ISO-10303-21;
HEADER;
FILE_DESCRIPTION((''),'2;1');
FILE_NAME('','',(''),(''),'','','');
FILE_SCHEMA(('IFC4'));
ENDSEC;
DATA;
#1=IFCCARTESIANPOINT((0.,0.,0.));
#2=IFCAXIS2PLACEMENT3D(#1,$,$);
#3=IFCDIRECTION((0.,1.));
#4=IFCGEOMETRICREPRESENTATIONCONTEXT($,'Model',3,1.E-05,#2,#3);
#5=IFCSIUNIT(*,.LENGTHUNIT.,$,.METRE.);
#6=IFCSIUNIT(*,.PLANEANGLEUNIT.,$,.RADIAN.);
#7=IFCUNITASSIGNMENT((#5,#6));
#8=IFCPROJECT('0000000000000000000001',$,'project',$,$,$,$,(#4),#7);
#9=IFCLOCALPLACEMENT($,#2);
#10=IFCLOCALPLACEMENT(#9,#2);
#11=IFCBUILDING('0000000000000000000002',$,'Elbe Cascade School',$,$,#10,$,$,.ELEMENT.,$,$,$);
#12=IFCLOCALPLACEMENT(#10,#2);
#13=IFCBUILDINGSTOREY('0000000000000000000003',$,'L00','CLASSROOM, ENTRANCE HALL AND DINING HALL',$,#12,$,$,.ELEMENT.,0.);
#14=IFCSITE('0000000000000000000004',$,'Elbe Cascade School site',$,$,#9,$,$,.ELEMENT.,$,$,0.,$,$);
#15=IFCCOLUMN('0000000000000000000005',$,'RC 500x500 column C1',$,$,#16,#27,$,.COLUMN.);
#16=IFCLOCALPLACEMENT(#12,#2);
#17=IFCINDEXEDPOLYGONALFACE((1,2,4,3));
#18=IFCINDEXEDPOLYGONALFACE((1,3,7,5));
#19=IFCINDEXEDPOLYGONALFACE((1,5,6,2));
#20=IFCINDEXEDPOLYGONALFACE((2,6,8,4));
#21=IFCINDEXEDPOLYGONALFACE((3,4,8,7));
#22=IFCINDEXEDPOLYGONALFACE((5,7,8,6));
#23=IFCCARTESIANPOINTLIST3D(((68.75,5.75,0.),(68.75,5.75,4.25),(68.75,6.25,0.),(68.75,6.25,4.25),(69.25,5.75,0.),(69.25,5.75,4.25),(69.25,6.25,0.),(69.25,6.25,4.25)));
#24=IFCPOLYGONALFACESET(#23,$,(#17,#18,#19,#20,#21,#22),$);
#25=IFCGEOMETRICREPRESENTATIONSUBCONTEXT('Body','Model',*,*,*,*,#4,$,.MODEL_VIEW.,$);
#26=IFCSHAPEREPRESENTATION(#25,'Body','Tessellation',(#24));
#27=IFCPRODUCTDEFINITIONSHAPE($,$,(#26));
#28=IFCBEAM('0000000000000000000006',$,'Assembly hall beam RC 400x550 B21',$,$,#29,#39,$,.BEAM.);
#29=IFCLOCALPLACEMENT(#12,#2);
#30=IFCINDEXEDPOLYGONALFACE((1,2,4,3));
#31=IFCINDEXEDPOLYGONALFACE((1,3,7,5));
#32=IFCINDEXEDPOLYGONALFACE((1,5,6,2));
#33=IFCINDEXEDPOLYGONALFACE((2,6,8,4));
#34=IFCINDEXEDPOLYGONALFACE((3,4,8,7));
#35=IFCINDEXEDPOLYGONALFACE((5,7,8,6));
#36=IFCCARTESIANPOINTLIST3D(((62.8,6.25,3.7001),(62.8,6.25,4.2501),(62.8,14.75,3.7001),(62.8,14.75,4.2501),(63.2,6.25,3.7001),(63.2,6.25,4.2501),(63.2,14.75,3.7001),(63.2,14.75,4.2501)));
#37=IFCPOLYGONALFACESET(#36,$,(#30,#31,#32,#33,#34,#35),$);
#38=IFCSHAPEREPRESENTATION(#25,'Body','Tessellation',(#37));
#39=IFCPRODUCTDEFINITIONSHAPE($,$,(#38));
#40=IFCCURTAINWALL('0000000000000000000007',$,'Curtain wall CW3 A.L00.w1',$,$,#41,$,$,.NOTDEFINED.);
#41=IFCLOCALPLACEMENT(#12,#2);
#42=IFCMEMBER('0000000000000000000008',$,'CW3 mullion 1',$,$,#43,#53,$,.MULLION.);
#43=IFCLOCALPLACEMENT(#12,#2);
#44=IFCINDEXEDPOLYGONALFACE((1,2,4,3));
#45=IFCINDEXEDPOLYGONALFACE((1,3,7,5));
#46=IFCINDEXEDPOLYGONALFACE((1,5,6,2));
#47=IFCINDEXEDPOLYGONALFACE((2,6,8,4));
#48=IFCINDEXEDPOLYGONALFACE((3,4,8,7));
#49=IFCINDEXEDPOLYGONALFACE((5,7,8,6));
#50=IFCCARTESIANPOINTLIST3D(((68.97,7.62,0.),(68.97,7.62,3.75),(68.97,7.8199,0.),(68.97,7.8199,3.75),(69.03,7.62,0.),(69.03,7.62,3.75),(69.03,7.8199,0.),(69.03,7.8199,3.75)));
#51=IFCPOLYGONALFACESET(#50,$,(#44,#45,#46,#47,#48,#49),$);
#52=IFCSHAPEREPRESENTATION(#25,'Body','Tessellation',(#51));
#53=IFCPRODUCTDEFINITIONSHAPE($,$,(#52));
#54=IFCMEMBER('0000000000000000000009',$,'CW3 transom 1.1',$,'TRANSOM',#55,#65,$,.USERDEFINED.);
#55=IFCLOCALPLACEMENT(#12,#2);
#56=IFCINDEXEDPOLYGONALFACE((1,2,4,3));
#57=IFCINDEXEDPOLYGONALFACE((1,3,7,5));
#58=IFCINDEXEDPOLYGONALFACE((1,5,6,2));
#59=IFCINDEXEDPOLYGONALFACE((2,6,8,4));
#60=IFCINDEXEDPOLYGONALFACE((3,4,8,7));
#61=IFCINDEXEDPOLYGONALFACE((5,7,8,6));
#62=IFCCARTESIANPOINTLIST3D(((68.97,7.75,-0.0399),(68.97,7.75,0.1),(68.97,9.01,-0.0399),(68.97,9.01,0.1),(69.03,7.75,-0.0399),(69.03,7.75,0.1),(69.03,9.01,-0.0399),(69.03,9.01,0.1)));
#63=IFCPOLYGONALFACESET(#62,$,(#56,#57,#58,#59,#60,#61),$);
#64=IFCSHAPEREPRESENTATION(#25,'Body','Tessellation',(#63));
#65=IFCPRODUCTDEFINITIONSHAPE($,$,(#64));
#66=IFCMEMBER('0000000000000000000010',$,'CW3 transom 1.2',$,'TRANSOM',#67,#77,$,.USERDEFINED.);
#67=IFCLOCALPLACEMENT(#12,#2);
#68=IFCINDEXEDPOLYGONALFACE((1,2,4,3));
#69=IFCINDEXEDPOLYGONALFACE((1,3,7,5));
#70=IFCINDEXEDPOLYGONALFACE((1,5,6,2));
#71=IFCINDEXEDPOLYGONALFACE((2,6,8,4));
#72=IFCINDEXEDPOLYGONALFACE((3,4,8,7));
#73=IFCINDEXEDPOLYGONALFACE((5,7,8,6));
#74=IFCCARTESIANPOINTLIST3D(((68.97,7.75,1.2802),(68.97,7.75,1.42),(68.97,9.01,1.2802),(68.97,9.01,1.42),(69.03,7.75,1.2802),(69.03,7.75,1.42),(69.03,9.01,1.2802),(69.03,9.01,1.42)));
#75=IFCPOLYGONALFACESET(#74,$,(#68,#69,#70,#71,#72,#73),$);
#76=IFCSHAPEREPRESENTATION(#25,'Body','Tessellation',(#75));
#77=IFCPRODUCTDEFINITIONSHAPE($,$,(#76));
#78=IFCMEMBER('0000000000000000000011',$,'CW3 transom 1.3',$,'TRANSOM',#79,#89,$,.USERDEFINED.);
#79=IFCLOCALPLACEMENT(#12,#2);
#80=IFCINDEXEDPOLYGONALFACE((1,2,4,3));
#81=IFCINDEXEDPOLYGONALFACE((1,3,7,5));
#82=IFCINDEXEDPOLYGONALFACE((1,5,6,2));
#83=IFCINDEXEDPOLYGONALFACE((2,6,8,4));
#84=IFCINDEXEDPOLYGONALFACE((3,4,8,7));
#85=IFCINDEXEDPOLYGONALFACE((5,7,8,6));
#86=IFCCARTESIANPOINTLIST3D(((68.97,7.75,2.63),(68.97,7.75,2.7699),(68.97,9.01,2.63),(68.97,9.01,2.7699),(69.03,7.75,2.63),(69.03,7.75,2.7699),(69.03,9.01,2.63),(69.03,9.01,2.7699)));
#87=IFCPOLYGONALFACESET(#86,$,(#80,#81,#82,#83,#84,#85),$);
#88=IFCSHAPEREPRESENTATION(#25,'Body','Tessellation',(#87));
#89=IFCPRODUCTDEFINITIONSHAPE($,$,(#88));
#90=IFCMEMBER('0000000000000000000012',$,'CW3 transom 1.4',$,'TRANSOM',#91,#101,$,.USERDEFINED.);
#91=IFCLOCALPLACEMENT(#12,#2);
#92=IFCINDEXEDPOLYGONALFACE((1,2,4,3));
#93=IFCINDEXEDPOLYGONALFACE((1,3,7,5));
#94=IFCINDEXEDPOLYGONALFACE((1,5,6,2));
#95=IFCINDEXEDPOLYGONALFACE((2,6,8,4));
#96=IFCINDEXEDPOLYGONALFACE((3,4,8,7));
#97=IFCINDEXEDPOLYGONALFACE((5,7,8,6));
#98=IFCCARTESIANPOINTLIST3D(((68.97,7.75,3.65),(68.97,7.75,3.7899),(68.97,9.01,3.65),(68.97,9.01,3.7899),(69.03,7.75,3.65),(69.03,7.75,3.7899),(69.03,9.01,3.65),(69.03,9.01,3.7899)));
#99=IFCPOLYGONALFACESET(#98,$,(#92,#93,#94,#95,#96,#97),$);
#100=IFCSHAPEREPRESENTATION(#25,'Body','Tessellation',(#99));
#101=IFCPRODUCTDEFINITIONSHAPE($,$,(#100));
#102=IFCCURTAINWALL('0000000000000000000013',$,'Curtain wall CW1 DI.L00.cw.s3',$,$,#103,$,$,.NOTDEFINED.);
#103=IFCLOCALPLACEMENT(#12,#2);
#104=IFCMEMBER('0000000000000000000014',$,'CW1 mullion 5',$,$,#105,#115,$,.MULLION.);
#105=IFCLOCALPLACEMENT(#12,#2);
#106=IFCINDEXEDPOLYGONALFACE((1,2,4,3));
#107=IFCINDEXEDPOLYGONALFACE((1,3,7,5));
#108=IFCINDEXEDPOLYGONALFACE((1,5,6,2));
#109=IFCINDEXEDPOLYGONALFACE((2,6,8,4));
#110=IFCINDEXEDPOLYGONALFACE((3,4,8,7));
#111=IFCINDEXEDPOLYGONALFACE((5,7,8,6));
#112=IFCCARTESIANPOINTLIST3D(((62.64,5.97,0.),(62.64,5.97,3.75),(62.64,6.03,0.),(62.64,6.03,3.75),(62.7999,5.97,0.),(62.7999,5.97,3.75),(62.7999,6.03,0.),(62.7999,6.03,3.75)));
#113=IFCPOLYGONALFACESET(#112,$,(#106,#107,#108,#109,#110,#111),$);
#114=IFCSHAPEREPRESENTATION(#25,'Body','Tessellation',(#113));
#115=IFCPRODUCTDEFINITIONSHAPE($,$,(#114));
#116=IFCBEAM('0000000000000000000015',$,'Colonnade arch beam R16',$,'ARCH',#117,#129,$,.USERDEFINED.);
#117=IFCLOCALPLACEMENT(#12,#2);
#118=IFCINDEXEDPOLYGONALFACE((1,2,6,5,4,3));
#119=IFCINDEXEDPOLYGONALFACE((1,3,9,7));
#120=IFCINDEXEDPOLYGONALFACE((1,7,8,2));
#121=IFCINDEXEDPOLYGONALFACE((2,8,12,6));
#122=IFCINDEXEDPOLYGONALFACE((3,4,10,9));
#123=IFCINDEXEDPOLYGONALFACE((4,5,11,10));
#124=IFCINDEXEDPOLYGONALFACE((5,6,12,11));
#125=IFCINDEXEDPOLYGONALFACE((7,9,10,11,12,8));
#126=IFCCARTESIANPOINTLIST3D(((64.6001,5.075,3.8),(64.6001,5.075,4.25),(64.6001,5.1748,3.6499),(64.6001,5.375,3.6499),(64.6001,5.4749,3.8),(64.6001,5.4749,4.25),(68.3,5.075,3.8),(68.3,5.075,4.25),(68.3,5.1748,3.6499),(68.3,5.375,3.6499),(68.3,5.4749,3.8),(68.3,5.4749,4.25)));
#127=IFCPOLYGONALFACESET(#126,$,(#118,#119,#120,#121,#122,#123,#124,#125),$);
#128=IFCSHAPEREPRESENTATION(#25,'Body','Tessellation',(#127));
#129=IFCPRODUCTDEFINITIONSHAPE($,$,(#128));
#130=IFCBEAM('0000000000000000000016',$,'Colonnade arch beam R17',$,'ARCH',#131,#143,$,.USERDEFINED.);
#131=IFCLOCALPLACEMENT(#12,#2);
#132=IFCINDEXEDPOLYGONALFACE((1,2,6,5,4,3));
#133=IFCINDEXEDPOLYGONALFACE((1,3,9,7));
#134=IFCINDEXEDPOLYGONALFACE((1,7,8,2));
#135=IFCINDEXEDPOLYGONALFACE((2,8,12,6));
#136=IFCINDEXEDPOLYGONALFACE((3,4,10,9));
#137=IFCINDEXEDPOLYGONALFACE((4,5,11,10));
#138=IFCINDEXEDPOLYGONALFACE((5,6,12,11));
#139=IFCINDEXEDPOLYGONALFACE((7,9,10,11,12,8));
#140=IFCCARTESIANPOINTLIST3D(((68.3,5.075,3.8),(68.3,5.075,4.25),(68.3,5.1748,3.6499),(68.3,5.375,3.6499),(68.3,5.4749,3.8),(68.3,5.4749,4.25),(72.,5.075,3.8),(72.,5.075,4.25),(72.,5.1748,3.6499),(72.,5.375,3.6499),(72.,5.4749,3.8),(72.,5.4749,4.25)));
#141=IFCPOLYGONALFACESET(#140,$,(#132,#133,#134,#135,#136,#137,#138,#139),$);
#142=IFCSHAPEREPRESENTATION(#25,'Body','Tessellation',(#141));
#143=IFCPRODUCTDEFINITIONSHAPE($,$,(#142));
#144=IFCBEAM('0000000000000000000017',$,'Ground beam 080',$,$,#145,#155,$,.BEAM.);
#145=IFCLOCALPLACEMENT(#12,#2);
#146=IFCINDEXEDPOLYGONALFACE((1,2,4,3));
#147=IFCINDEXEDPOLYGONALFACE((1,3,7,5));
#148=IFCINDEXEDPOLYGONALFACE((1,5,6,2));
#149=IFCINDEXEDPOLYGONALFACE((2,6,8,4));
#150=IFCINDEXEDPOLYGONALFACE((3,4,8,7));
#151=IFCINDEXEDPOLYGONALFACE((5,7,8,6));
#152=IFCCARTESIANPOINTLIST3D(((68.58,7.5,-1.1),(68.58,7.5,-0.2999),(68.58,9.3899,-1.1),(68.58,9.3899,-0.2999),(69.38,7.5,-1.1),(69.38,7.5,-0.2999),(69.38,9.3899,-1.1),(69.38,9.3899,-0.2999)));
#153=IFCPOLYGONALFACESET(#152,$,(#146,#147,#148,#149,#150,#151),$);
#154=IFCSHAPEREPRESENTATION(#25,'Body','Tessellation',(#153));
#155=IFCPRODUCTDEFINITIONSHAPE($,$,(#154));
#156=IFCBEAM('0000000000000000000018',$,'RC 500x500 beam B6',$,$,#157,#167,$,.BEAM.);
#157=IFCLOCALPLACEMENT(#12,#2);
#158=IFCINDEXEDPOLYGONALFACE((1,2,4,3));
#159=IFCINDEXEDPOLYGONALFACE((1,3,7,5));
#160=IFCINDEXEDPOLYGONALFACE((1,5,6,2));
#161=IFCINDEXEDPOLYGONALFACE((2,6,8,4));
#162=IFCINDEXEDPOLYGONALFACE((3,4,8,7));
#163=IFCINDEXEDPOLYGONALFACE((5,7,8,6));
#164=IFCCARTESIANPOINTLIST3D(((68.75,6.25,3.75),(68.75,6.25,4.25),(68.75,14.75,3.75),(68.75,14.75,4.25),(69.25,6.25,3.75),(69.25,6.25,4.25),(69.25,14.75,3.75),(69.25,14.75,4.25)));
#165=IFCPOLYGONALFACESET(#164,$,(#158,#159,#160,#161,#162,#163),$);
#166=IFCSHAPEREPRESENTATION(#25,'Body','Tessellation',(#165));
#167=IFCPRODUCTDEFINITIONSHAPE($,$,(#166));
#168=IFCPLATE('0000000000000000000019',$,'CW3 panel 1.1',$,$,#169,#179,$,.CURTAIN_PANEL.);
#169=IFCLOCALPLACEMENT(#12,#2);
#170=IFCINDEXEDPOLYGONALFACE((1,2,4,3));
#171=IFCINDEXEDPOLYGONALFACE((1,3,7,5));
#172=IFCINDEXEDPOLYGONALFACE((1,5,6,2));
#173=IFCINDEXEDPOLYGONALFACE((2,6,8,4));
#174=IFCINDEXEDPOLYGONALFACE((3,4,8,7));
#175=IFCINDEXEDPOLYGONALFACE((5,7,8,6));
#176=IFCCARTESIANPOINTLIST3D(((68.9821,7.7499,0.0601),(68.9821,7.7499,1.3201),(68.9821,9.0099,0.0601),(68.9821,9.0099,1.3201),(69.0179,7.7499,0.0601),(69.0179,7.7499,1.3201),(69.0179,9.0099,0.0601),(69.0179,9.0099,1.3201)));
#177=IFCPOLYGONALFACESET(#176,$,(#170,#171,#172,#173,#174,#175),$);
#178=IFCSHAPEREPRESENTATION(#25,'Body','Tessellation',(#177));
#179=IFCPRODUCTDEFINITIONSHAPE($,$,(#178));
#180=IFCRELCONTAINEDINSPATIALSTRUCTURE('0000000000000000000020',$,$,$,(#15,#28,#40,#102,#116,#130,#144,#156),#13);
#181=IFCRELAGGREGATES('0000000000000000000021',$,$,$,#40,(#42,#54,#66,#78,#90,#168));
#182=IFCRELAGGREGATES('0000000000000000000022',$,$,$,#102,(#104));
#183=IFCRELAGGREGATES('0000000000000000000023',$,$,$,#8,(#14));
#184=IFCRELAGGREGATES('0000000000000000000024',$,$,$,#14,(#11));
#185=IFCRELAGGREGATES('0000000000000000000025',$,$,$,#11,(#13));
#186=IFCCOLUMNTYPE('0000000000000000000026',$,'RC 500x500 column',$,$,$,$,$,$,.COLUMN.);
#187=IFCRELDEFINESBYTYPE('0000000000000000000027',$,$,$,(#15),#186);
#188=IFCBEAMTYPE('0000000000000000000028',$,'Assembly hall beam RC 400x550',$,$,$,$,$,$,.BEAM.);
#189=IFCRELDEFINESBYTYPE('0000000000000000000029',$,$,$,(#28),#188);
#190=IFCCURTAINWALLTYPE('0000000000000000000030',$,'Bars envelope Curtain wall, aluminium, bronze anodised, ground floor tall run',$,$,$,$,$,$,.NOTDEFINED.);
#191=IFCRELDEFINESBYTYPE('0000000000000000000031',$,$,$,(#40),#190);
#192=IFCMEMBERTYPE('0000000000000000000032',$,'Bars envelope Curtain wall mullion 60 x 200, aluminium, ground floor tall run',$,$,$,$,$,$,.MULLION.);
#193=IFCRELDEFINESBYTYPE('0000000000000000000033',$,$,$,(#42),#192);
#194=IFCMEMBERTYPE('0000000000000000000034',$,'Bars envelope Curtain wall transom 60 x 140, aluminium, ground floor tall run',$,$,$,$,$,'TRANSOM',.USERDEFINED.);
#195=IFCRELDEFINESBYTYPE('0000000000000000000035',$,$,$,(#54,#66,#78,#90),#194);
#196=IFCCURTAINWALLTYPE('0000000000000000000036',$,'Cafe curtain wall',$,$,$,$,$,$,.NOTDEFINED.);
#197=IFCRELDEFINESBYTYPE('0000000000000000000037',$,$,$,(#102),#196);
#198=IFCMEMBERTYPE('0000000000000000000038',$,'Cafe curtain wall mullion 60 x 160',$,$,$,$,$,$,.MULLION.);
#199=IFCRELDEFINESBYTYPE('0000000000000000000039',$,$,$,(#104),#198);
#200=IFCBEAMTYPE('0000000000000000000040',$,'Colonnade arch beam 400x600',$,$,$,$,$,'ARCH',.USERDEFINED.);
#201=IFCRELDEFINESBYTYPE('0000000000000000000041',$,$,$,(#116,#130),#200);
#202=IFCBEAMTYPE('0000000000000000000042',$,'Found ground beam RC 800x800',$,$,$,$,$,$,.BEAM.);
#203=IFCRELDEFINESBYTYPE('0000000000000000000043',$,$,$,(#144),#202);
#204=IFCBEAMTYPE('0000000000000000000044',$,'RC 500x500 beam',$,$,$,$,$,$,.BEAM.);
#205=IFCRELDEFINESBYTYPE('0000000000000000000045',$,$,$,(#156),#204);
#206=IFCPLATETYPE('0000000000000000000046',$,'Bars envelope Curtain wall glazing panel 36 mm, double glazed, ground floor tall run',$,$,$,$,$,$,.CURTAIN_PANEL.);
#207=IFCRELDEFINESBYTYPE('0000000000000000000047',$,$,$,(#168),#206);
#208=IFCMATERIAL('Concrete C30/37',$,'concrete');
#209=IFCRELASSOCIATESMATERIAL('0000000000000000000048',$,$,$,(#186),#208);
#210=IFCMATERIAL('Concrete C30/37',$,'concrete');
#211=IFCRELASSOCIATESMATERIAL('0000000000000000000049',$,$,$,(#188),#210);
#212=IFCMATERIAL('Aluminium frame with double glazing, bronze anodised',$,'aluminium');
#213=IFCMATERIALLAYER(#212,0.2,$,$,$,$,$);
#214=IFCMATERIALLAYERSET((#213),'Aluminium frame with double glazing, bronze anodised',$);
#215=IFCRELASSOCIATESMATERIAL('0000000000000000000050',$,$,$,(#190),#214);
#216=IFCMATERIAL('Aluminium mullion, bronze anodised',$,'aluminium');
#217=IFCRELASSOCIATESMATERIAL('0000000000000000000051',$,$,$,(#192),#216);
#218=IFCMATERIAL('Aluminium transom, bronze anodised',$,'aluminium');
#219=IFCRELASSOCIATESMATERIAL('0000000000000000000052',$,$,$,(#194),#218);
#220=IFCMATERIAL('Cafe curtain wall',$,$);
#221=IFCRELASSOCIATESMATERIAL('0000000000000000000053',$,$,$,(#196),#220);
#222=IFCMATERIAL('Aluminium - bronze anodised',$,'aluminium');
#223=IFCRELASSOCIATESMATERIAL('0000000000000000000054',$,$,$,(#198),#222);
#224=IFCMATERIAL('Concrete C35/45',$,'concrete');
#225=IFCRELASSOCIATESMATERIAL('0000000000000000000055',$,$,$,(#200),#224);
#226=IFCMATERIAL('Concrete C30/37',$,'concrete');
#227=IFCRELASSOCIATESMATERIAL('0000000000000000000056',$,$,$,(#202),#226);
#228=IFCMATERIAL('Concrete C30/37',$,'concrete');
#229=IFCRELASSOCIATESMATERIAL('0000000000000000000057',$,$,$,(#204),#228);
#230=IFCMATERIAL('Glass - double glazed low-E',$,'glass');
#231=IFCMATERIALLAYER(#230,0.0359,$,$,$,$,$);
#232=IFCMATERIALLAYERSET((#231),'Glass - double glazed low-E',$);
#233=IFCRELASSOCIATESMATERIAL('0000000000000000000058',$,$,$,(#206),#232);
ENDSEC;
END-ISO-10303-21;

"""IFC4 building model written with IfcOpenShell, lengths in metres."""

from ifc_helpers import new_model, si_unit, direction, frame, origin, origin_2d, place, context, subcontext, project, spatial, polyline, rectangle, outline, extrude, material, layer, layer_set, material_profile, profile_set, type_object, element, aggregate, save


model = new_model("IFC4")

# Units and contexts
model_context = context("Model", 3, precision=1e-05, world=origin(), true_north=direction((0.0, 1.0)))
body_context = subcontext(model_context, "Body", "Model", "MODEL_VIEW")
ifc_project = project(units=[si_unit("LENGTHUNIT", "METRE"), si_unit("PLANEANGLEUNIT", "RADIAN")], contexts=[model_context])

# Site, building, storey
site_placement = place(None, origin())
site = spatial("IfcSite", under=ifc_project, at=site_placement, Name="Elbe Cascade School site", CompositionType="ELEMENT", RefElevation=0.0)
building_placement = place(site_placement, origin())
building = spatial("IfcBuilding", under=site, at=building_placement, Name="Elbe Cascade School", CompositionType="ELEMENT")
storey_placement = place(building_placement, origin())
storey = spatial("IfcBuildingStorey", under=building, at=storey_placement, Name="L00", Description="CLASSROOM, ENTRANCE HALL AND DINING HALL", CompositionType="ELEMENT", Elevation=0.0)

# Column
ifc_material_1 = material(Name="Concrete C30/37", Category="concrete")
ifc_material_profile_1 = material_profile(ifc_material_1, rectangle(XDim=0.5, YDim=0.5, at=origin_2d()), Name="RC 500x500")
ifc_profile_set_1 = profile_set([ifc_material_profile_1], Name="Concrete C30/37")
column_type_1 = type_object("IfcColumnType", Name="RC 500x500 column", PredefinedType="COLUMN", material=ifc_profile_set_1)
column_1_placement = place(storey_placement, frame((69.0, 6.0, 0.0), z_axis=(0.0, 0.0, 1.0), x_axis=(1.0, 0.0, 0.0)))
element("IfcColumn", 1, at=column_1_placement, inside=storey, type_object=column_type_1, Name="RC 500x500 column C1", PredefinedType="COLUMN", context=body_context, shape_type="SweptSolid", body=[
    extrude(rectangle(XDim=0.5, YDim=0.5, at=origin_2d()), origin(), (0.0, 0.0, 1.0), 4.25),
])

# Beam
ifc_material_2 = material(Name="Concrete C30/37", Category="concrete")
ifc_material_profile_2 = material_profile(ifc_material_2, rectangle(XDim=0.3999, YDim=0.55, at=origin_2d()), Name="RC 400x550")
ifc_profile_set_2 = profile_set([ifc_material_profile_2], Name="Concrete C30/37")
beam_type_1 = type_object("IfcBeamType", Name="Assembly hall beam RC 400x550", PredefinedType="BEAM", material=ifc_profile_set_2)
beam_1_placement = place(storey_placement, frame((63.0, 6.25, 3.9751), z_axis=(0.0, 1.0, 0.0), x_axis=(-1.0, 0.0, 0.0)))
element("IfcBeam", 2, at=beam_1_placement, inside=storey, type_object=beam_type_1, Name="Assembly hall beam RC 400x550 B21", PredefinedType="BEAM", context=body_context, shape_type="SweptSolid", body=[
    extrude(rectangle(XDim=0.3999, YDim=0.55, at=origin_2d()), origin(), (0.0, 0.0, 1.0), 8.5),
])

# Curtain wall, members
ifc_material_3 = material(Name="Aluminium frame with double glazing, bronze anodised", Category="aluminium")
ifc_layer_1 = layer(ifc_material_3, 0.2)
ifc_layer_set_1 = layer_set([ifc_layer_1], Name="Aluminium frame with double glazing, bronze anodised")
curtain_wall_type_1 = type_object("IfcCurtainWallType", Name="Bars envelope Curtain wall, aluminium, bronze anodised, ground floor tall run", PredefinedType="NOTDEFINED", material=ifc_layer_set_1)
curtain_wall_1_placement = place(storey_placement, origin())
curtain_wall_1 = element("IfcCurtainWall", 3, at=curtain_wall_1_placement, inside=storey, type_object=curtain_wall_type_1, Name="Curtain wall CW3 A.L00.w1", PredefinedType="NOTDEFINED")
ifc_material_4 = material(Name="Aluminium mullion, bronze anodised", Category="aluminium")
ifc_material_profile_3 = material_profile(ifc_material_4, rectangle(XDim=0.0601, YDim=0.2, at=origin_2d()), Name="Bars envelope Curtain wall mullion 60 x 200, aluminium, ground floor tall run")
ifc_profile_set_3 = profile_set([ifc_material_profile_3], Name="Aluminium mullion, bronze anodised")
member_type_1 = type_object("IfcMemberType", Name="Bars envelope Curtain wall mullion 60 x 200, aluminium, ground floor tall run", PredefinedType="MULLION", material=ifc_profile_set_3)
member_1_placement = place(storey_placement, frame((69.0, 7.72, 0.0), z_axis=(0.0, 0.0, 1.0), x_axis=(-1.0, 0.0, 0.0)))
member_1 = element("IfcMember", 4, at=member_1_placement, type_object=member_type_1, Name="CW3 mullion 1", PredefinedType="MULLION", context=body_context, shape_type="SweptSolid", body=[
    extrude(rectangle(XDim=0.0601, YDim=0.2, at=origin_2d()), origin(), (0.0, 0.0, 1.0), 3.75),
])
ifc_material_5 = material(Name="Aluminium transom, bronze anodised", Category="aluminium")
ifc_material_profile_4 = material_profile(ifc_material_5, rectangle(XDim=0.0601, YDim=0.1399, at=origin_2d()), Name="Bars envelope Curtain wall transom 60 x 140, aluminium, ground floor tall run")
ifc_profile_set_4 = profile_set([ifc_material_profile_4], Name="Aluminium transom, bronze anodised")
member_type_2 = type_object("IfcMemberType", Name="Bars envelope Curtain wall transom 60 x 140, aluminium, ground floor tall run", ElementType="TRANSOM", PredefinedType="USERDEFINED", material=ifc_profile_set_4)
member_2_placement = place(storey_placement, frame((69.0, 7.75, 0.03), z_axis=(0.0, 1.0, 0.0), x_axis=(-1.0, 0.0, 0.0)))
member_2 = element("IfcMember", 5, at=member_2_placement, type_object=member_type_2, Name="CW3 transom 1.1", ObjectType="TRANSOM", PredefinedType="USERDEFINED", context=body_context, shape_type="SweptSolid", body=[
    extrude(rectangle(XDim=0.0601, YDim=0.1399, at=origin_2d()), origin(), (0.0, 0.0, 1.0), 1.26),
])
member_3_placement = place(storey_placement, frame((69.0, 7.75, 1.3501), z_axis=(0.0, 1.0, 0.0), x_axis=(-1.0, 0.0, 0.0)))
member_3 = element("IfcMember", 6, at=member_3_placement, type_object=member_type_2, Name="CW3 transom 1.2", ObjectType="TRANSOM", PredefinedType="USERDEFINED", context=body_context, shape_type="SweptSolid", body=[
    extrude(rectangle(XDim=0.0601, YDim=0.1399, at=origin_2d()), origin(), (0.0, 0.0, 1.0), 1.26),
])
member_4_placement = place(storey_placement, frame((69.0, 7.75, 2.7), z_axis=(0.0, 1.0, 0.0), x_axis=(-1.0, 0.0, 0.0)))
member_4 = element("IfcMember", 7, at=member_4_placement, type_object=member_type_2, Name="CW3 transom 1.3", ObjectType="TRANSOM", PredefinedType="USERDEFINED", context=body_context, shape_type="SweptSolid", body=[
    extrude(rectangle(XDim=0.0601, YDim=0.1399, at=origin_2d()), origin(), (0.0, 0.0, 1.0), 1.26),
])
member_5_placement = place(storey_placement, frame((69.0, 7.75, 3.72), z_axis=(0.0, 1.0, 0.0), x_axis=(-1.0, 0.0, 0.0)))
member_5 = element("IfcMember", 8, at=member_5_placement, type_object=member_type_2, Name="CW3 transom 1.4", ObjectType="TRANSOM", PredefinedType="USERDEFINED", context=body_context, shape_type="SweptSolid", body=[
    extrude(rectangle(XDim=0.0601, YDim=0.1399, at=origin_2d()), origin(), (0.0, 0.0, 1.0), 1.26),
])

# Curtain wall, member
ifc_material_6 = material(Name="Cafe curtain wall")
curtain_wall_type_2 = type_object("IfcCurtainWallType", Name="Cafe curtain wall", PredefinedType="NOTDEFINED", material=ifc_material_6)
curtain_wall_2_placement = place(storey_placement, origin())
curtain_wall_2 = element("IfcCurtainWall", 9, at=curtain_wall_2_placement, inside=storey, type_object=curtain_wall_type_2, Name="Curtain wall CW1 DI.L00.cw.s3", PredefinedType="NOTDEFINED")
ifc_material_7 = material(Name="Aluminium - bronze anodised", Category="aluminium")
ifc_material_profile_5 = material_profile(ifc_material_7, rectangle(XDim=0.0601, YDim=0.1599, at=origin_2d()), Name="RECT 60x160")
ifc_profile_set_5 = profile_set([ifc_material_profile_5], Name="Aluminium - bronze anodised")
member_type_3 = type_object("IfcMemberType", Name="Cafe curtain wall mullion 60 x 160", PredefinedType="MULLION", material=ifc_profile_set_5)
member_6_placement = place(storey_placement, frame((62.72, 6.0, 0.0), z_axis=(0.0, 0.0, 1.0), x_axis=(0.0, 1.0, 0.0)))
member_6 = element("IfcMember", 10, at=member_6_placement, type_object=member_type_3, Name="CW1 mullion 5", PredefinedType="MULLION", context=body_context, shape_type="SweptSolid", body=[
    extrude(rectangle(XDim=0.0601, YDim=0.1599, at=origin_2d()), origin(), (0.0, 0.0, 1.0), 3.75),
])

# Beams
ifc_material_8 = material(Name="Concrete C35/45", Category="concrete")
ifc_material_profile_6 = material_profile(ifc_material_8, outline(polyline([(-0.2, 0.3), (0.2, 0.3), (0.2, -0.1499), (0.1001, -0.3), (-0.1001, -0.3), (-0.2, -0.1499), (-0.2, 0.3)])), Name="RC arch 400x600")
ifc_profile_set_6 = profile_set([ifc_material_profile_6], Name="Concrete C35/45")
beam_type_2 = type_object("IfcBeamType", Name="Colonnade arch beam 400x600", ElementType="ARCH", PredefinedType="USERDEFINED", material=ifc_profile_set_6)
for number, where, z_axis, x_axis, name in (
    (11, (64.6001, 5.2749, 3.95), (1.0, 0.0, 0.0), (0.0, 1.0, 0.0), "Colonnade arch beam R16"),
    (12, (68.3, 5.2749, 3.95), (1.0, 0.0, 0.0), (0.0, 1.0, 0.0), "Colonnade arch beam R17"),
):
    element("IfcBeam", number, at=place(storey_placement, frame(where, z_axis=z_axis, x_axis=x_axis)), inside=storey, type_object=beam_type_2, Name=name, ObjectType="ARCH", PredefinedType="USERDEFINED", context=body_context, shape_type="SweptSolid", body=[
        extrude(outline(polyline([(-0.2, 0.3), (0.2, 0.3), (0.2, -0.1499), (0.1001, -0.3), (-0.1001, -0.3), (-0.2, -0.1499), (-0.2, 0.3)])), origin(), (0.0, 0.0, 1.0), 3.7),
    ])
ifc_material_9 = material(Name="Concrete C30/37", Category="concrete")
ifc_material_profile_7 = material_profile(ifc_material_9, rectangle(XDim=0.8, YDim=0.8, at=origin_2d()), Name="RC 800x800")
ifc_profile_set_7 = profile_set([ifc_material_profile_7], Name="Concrete C30/37")
beam_type_3 = type_object("IfcBeamType", Name="Found ground beam RC 800x800", PredefinedType="BEAM", material=ifc_profile_set_7)
beam_2_placement = place(storey_placement, frame((68.98, 7.5, -0.7), z_axis=(0.0, 1.0, 0.0), x_axis=(-1.0, 0.0, 0.0)))
element("IfcBeam", 13, at=beam_2_placement, inside=storey, type_object=beam_type_3, Name="Ground beam 080", PredefinedType="BEAM", context=body_context, shape_type="SweptSolid", body=[
    extrude(rectangle(XDim=0.8, YDim=0.8, at=origin_2d()), origin(), (0.0, 0.0, 1.0), 1.8899),
])
ifc_material_10 = material(Name="Concrete C30/37", Category="concrete")
ifc_material_profile_8 = material_profile(ifc_material_10, rectangle(XDim=0.5, YDim=0.5, at=origin_2d()), Name="RC 500x500")
ifc_profile_set_8 = profile_set([ifc_material_profile_8], Name="Concrete C30/37")
beam_type_4 = type_object("IfcBeamType", Name="RC 500x500 beam", PredefinedType="BEAM", material=ifc_profile_set_8)
beam_3_placement = place(storey_placement, frame((69.0, 6.25, 4.0), z_axis=(0.0, 1.0, 0.0), x_axis=(-1.0, 0.0, 0.0)))
element("IfcBeam", 14, at=beam_3_placement, inside=storey, type_object=beam_type_4, Name="RC 500x500 beam B6", PredefinedType="BEAM", context=body_context, shape_type="SweptSolid", body=[
    extrude(rectangle(XDim=0.5, YDim=0.5, at=origin_2d()), origin(), (0.0, 0.0, 1.0), 8.5),
])

# Plate
ifc_material_11 = material(Name="Glass - double glazed low-E", Category="glass")
ifc_layer_2 = layer(ifc_material_11, 0.0359)
ifc_layer_set_2 = layer_set([ifc_layer_2], Name="Glass - double glazed low-E")
plate_type_1 = type_object("IfcPlateType", Name="Bars envelope Curtain wall glazing panel 36 mm, double glazed, ground floor tall run", PredefinedType="CURTAIN_PANEL", material=ifc_layer_set_2)
plate_1_placement = place(storey_placement, frame((69.0, 8.3799, 0.0601), z_axis=(0.0, 0.0, 1.0), x_axis=(0.0, 1.0, 0.0)))
plate_1 = element("IfcPlate", 15, at=plate_1_placement, type_object=plate_type_1, Name="CW3 panel 1.1", PredefinedType="CURTAIN_PANEL", context=body_context, shape_type="SweptSolid", body=[
    extrude(rectangle(XDim=1.26, YDim=0.0359, at=origin_2d()), origin(), (0.0, 0.0, 1.0), 1.26),
])
aggregate(curtain_wall_1, [member_1, member_2, member_3, member_4, member_5, plate_1])
aggregate(curtain_wall_2, [member_6])

save(model, "model.ifc")
